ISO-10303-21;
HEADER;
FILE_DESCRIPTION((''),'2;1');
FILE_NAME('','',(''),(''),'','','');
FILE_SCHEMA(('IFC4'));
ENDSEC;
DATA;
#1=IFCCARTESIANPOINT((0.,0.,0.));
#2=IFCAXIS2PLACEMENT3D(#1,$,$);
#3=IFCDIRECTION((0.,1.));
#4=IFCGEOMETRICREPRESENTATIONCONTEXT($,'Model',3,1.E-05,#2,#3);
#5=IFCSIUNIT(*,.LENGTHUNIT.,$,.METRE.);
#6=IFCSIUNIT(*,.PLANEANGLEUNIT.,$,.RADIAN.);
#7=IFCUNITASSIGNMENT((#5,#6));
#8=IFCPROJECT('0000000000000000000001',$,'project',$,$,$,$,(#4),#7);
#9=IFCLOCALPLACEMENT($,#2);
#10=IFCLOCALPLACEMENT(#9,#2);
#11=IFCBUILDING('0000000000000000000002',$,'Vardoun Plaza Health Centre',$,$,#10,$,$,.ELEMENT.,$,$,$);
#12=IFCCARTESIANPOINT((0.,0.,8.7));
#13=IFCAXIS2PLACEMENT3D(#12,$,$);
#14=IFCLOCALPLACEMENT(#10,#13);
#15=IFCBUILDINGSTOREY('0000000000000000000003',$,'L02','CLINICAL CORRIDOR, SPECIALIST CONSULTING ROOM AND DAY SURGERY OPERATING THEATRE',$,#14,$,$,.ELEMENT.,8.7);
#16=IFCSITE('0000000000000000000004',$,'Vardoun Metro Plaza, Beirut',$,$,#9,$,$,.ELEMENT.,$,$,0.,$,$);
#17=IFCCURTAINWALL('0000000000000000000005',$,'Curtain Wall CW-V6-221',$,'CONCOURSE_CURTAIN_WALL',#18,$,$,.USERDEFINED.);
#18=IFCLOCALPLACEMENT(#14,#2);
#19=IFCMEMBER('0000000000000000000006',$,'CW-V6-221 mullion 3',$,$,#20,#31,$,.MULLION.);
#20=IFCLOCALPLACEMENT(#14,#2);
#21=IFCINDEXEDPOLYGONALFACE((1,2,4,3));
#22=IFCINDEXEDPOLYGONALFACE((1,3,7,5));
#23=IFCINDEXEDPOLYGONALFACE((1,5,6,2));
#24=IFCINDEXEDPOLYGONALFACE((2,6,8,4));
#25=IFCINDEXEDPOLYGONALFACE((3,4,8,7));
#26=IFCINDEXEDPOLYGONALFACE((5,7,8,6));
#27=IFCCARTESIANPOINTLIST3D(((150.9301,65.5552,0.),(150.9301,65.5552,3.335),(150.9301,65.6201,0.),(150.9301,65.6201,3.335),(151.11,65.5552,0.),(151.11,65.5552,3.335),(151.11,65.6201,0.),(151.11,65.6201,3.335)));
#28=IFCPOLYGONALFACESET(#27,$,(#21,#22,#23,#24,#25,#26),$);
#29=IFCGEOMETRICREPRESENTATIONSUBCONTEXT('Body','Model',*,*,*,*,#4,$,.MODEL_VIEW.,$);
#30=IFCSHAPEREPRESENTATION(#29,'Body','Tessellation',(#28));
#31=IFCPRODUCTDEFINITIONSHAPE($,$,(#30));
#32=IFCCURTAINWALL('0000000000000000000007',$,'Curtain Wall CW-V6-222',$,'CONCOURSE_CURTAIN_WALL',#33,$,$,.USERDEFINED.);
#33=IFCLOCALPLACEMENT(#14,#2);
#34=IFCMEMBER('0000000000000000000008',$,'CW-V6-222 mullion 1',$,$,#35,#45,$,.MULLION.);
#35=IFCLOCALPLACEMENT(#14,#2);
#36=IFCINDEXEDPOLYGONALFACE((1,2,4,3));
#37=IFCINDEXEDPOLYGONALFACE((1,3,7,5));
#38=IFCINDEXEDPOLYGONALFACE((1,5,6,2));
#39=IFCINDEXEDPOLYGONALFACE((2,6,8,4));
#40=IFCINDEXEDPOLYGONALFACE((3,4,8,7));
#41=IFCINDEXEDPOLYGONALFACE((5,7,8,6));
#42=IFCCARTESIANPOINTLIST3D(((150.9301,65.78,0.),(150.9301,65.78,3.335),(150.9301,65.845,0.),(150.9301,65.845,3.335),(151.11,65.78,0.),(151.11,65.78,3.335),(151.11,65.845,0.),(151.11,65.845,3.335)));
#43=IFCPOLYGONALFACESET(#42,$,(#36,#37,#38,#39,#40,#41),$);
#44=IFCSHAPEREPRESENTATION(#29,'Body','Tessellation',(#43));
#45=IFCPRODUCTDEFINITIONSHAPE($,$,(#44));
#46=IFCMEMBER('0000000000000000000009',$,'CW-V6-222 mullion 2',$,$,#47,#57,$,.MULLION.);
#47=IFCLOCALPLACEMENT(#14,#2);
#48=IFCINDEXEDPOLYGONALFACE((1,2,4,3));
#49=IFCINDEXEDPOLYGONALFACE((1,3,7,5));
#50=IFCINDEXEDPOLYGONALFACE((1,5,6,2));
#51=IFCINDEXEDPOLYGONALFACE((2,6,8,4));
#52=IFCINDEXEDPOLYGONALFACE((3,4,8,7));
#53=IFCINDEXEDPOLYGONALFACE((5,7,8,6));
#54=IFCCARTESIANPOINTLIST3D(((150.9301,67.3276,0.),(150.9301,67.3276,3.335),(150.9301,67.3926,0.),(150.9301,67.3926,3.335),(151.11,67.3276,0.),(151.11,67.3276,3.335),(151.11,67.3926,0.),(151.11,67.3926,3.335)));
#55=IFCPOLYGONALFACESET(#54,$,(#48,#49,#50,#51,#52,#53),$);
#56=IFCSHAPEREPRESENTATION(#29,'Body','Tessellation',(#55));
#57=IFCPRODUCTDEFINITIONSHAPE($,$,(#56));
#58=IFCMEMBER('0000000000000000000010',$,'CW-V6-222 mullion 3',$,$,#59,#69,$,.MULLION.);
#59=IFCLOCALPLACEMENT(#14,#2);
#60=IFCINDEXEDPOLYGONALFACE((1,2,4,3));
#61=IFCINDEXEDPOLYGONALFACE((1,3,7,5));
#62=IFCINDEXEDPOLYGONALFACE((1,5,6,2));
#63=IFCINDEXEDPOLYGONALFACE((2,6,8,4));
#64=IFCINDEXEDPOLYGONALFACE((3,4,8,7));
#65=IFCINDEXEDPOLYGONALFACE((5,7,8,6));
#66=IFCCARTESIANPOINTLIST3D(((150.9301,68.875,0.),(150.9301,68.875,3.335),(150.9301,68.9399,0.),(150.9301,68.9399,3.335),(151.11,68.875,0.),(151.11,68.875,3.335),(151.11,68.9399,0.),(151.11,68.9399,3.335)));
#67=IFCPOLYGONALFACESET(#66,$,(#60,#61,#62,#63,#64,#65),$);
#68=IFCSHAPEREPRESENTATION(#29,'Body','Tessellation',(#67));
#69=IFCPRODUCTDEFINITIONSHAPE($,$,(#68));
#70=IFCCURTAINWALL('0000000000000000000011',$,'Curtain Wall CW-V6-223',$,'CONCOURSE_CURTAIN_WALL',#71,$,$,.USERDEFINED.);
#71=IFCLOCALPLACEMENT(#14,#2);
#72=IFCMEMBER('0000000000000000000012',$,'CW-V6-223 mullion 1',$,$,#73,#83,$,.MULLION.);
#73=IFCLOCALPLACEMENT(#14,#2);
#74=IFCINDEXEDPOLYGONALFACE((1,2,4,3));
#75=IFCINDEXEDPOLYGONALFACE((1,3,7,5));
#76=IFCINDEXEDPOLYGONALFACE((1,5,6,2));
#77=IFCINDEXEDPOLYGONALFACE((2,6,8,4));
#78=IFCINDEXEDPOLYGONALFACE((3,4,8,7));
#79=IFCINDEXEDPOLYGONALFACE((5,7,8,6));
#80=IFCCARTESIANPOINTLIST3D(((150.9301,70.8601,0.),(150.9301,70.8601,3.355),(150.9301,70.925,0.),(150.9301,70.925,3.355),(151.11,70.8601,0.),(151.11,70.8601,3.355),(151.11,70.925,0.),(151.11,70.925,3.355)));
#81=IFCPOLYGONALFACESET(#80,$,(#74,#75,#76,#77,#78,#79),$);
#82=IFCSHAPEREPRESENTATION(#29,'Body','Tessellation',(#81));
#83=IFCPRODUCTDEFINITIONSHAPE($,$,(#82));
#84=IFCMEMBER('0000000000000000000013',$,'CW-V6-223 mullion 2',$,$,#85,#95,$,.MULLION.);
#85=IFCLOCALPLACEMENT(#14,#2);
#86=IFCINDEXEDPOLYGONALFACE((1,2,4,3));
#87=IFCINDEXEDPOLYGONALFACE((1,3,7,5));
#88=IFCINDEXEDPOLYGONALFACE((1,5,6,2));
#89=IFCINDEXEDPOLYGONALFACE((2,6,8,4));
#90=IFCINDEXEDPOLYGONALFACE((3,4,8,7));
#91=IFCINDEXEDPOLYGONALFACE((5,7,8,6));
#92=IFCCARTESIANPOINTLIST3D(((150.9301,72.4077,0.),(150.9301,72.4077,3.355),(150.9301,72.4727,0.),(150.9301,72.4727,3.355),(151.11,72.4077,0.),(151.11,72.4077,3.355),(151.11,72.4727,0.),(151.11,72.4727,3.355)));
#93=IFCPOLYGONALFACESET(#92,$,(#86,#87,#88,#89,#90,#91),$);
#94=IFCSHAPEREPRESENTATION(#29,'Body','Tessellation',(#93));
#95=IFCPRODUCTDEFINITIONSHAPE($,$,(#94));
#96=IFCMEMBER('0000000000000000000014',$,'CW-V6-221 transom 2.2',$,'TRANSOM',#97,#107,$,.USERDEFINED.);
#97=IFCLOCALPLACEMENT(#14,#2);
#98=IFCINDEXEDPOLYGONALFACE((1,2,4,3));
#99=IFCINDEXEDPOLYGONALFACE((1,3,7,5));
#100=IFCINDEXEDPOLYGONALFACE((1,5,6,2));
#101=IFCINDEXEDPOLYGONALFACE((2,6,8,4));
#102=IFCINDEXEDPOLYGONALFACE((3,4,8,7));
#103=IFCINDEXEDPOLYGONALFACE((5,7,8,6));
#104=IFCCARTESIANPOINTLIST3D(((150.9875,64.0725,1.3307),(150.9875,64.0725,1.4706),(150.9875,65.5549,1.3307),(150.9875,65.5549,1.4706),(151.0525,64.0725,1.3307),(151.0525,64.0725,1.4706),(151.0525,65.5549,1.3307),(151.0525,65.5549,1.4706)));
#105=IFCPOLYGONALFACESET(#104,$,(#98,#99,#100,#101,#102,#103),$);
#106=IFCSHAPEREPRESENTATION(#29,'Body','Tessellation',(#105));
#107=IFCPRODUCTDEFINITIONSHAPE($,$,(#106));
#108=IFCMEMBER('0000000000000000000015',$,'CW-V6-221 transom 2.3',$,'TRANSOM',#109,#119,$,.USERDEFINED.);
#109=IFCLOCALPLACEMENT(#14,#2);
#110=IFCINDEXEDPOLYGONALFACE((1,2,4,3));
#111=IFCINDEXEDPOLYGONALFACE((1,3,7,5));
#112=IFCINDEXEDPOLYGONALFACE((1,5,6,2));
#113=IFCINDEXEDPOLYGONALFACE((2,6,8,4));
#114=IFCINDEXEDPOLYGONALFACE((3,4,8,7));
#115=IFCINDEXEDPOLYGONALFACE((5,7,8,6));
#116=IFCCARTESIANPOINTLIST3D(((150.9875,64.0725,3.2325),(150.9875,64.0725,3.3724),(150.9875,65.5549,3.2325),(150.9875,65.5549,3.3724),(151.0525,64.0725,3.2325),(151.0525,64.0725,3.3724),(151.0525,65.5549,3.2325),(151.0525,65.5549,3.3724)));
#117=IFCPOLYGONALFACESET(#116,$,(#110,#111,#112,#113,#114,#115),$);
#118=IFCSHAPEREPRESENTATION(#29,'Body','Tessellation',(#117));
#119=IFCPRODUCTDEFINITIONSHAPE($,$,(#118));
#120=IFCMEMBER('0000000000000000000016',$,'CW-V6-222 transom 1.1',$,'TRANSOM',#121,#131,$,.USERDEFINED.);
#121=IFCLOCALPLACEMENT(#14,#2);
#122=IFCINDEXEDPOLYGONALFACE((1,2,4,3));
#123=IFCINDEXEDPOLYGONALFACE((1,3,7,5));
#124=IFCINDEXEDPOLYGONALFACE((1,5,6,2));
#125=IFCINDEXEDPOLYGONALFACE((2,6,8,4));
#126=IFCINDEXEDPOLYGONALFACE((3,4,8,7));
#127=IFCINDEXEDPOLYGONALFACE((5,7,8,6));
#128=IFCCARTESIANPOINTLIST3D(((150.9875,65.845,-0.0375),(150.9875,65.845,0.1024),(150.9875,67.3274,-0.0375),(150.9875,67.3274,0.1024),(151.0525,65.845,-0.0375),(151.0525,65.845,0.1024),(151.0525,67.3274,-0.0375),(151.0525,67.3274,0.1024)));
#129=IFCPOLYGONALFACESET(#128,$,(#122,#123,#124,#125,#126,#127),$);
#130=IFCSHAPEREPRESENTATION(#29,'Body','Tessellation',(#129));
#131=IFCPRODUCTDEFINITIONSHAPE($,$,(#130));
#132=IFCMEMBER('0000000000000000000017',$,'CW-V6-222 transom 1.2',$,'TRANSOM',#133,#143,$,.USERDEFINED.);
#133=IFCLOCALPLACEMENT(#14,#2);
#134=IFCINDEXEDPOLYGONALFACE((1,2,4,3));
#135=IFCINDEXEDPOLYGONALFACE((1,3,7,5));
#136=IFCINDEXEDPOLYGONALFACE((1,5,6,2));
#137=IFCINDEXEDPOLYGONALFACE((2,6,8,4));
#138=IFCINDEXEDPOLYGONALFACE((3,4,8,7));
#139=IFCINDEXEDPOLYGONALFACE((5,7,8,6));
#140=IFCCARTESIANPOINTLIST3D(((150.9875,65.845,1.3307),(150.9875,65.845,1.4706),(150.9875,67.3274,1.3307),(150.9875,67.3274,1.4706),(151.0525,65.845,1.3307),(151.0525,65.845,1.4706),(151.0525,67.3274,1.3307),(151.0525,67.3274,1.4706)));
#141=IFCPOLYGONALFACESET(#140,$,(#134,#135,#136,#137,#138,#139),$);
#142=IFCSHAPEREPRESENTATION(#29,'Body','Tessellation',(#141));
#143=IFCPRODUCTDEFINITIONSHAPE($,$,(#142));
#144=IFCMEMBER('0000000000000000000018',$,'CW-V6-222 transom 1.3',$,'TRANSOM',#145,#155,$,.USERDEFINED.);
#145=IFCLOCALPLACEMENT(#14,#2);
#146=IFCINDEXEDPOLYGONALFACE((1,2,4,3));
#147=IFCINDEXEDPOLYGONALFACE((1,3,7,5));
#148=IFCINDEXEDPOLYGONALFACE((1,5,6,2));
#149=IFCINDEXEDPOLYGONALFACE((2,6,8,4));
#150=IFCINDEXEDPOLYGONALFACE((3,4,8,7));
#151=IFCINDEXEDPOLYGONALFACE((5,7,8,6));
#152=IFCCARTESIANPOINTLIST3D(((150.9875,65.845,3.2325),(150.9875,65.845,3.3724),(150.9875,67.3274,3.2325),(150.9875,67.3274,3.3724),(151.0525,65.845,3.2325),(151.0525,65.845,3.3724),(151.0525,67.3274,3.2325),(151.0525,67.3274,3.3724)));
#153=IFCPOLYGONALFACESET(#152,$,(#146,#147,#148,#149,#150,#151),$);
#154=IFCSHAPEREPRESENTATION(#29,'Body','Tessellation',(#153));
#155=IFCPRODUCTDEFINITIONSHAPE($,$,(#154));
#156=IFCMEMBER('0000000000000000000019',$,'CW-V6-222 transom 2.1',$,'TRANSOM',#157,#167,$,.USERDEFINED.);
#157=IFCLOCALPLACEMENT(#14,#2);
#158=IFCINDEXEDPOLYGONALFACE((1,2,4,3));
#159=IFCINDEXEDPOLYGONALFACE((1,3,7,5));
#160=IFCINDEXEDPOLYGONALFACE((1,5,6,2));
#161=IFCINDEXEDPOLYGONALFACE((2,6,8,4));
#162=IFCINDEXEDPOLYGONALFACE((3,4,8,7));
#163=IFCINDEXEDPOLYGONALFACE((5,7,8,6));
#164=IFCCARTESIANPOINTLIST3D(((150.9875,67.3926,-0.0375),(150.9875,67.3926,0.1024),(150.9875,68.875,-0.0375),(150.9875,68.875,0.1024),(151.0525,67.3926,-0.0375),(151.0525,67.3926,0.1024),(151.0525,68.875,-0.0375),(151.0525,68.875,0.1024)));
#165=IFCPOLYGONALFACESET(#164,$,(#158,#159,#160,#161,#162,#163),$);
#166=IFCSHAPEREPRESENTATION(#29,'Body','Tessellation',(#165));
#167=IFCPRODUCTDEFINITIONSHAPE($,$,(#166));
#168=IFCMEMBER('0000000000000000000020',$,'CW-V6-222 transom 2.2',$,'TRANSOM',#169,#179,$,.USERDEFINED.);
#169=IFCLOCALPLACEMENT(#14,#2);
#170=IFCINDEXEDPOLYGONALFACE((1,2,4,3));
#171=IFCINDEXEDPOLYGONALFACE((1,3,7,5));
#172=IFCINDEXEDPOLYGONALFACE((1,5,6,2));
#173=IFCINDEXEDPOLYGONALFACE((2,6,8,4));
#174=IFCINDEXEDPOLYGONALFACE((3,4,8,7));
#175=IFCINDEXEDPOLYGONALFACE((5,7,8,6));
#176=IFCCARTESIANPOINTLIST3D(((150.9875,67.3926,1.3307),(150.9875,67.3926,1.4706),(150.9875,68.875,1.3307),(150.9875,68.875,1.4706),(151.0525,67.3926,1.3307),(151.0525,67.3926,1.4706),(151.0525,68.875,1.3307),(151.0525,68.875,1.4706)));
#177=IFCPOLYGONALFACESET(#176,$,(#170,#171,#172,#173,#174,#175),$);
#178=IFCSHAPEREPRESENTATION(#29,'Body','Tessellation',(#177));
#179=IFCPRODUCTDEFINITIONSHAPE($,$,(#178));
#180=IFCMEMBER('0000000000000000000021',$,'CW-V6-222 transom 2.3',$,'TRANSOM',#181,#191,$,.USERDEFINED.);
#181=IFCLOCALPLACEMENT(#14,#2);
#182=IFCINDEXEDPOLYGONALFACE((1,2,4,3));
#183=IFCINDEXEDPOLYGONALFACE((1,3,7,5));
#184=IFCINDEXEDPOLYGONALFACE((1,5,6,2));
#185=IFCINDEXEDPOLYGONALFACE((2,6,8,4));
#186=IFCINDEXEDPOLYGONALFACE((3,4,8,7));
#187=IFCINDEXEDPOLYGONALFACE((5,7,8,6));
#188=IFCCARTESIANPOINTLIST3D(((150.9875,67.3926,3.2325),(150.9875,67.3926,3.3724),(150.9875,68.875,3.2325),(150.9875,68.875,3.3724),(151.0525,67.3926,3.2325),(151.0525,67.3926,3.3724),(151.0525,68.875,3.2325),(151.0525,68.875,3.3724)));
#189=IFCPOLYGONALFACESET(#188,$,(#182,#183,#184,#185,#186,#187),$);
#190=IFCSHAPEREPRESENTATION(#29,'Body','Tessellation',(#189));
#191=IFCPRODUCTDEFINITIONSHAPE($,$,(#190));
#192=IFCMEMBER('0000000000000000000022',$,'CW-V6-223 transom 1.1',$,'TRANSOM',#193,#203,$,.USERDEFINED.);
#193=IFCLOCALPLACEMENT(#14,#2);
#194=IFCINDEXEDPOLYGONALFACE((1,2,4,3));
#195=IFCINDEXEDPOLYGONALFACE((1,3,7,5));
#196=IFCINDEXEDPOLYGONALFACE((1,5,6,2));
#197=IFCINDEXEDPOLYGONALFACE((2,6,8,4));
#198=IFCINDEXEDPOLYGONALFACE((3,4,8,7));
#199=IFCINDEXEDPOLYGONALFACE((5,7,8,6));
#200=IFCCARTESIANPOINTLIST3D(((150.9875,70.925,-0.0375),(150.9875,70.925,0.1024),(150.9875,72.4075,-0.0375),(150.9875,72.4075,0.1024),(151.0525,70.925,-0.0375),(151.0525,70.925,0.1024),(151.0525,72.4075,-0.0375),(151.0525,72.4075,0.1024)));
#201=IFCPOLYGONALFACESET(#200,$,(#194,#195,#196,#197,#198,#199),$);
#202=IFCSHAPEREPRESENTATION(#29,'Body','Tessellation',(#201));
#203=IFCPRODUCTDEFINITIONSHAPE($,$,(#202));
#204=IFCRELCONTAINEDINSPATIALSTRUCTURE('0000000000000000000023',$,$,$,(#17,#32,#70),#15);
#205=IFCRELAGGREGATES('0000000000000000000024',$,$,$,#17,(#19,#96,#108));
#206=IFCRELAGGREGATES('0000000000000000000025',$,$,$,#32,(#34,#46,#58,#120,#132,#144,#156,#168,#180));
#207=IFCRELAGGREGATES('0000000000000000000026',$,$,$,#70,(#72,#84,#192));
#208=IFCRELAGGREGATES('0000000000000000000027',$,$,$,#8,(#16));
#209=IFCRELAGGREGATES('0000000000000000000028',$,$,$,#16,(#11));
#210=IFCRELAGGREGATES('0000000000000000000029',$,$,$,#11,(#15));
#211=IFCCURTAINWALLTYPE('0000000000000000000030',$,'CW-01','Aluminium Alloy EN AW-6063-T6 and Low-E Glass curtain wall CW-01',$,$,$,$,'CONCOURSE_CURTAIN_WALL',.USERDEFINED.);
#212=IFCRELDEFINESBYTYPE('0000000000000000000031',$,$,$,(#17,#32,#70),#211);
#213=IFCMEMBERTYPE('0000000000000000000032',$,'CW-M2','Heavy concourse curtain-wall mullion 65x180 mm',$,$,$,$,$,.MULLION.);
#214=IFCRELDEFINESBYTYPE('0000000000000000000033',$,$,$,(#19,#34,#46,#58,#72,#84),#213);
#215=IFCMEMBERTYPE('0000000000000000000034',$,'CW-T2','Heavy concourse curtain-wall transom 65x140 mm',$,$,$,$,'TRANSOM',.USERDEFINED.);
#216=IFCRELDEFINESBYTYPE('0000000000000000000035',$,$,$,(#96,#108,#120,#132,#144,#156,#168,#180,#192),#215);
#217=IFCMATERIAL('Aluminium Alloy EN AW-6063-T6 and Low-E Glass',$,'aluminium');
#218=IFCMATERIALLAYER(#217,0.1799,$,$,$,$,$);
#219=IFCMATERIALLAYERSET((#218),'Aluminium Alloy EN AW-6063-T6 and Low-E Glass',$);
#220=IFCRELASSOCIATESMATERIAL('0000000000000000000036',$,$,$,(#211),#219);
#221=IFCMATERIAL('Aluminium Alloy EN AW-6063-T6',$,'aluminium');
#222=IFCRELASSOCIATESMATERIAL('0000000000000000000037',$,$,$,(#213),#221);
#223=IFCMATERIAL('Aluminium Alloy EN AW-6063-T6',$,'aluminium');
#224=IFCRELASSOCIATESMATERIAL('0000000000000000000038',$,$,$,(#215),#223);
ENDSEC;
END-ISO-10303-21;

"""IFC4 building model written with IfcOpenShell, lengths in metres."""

from ifc_helpers import new_model, si_unit, direction, frame, origin, origin_2d, place, context, subcontext, project, spatial, rectangle, extrude, material, layer, layer_set, material_profile, profile_set, type_object, element, aggregate, save


model = new_model("IFC4")

# Units and contexts
model_context = context("Model", 3, precision=1e-05, world=origin(), true_north=direction((0.0, 1.0)))
body_context = subcontext(model_context, "Body", "Model", "MODEL_VIEW")
ifc_project = project(units=[si_unit("LENGTHUNIT", "METRE"), si_unit("PLANEANGLEUNIT", "RADIAN")], contexts=[model_context])

# Site, building, storey
site_placement = place(None, origin())
site = spatial("IfcSite", under=ifc_project, at=site_placement, Name="Vardoun Metro Plaza, Beirut", CompositionType="ELEMENT", RefElevation=0.0)
building_placement = place(site_placement, origin())
building = spatial("IfcBuilding", under=site, at=building_placement, Name="Vardoun Plaza Health Centre", CompositionType="ELEMENT")
storey_placement = place(building_placement, frame((0.0, 0.0, 8.7)))
storey = spatial("IfcBuildingStorey", under=building, at=storey_placement, Name="L02", Description="CLINICAL CORRIDOR, SPECIALIST CONSULTING ROOM AND DAY SURGERY OPERATING THEATRE", CompositionType="ELEMENT", Elevation=8.7)

# Curtain wall, member
ifc_material_1 = material(Name="Aluminium Alloy EN AW-6063-T6 and Low-E Glass", Category="aluminium")
ifc_layer_1 = layer(ifc_material_1, 0.1799)
ifc_layer_set_1 = layer_set([ifc_layer_1], Name="Aluminium Alloy EN AW-6063-T6 and Low-E Glass")
curtain_wall_type = type_object("IfcCurtainWallType", Name="CW-01", Description="Aluminium Alloy EN AW-6063-T6 and Low-E Glass curtain wall CW-01", ElementType="CONCOURSE_CURTAIN_WALL", PredefinedType="USERDEFINED", material=ifc_layer_set_1)
curtain_wall_1_placement = place(storey_placement, origin())
curtain_wall_1 = element("IfcCurtainWall", 1, at=curtain_wall_1_placement, inside=storey, type_object=curtain_wall_type, Name="Curtain Wall CW-V6-221", ObjectType="CONCOURSE_CURTAIN_WALL", PredefinedType="USERDEFINED")
ifc_material_2 = material(Name="Aluminium Alloy EN AW-6063-T6", Category="aluminium")
ifc_material_profile_1 = material_profile(ifc_material_2, rectangle(XDim=0.1799, YDim=0.0649, at=origin_2d()), Name="CWM 65x180")
ifc_profile_set_1 = profile_set([ifc_material_profile_1], Name="Aluminium Alloy EN AW-6063-T6")
member_type_1 = type_object("IfcMemberType", Name="CW-M2", Description="Heavy concourse curtain-wall mullion 65x180 mm", PredefinedType="MULLION", material=ifc_profile_set_1)
member_1_placement = place(storey_placement, frame((151.02, 65.5876, 0.0), z_axis=(0.0, 0.0, 1.0), x_axis=(-1.0, 0.0, 0.0)))
member_1 = element("IfcMember", 2, at=member_1_placement, type_object=member_type_1, Name="CW-V6-221 mullion 3", PredefinedType="MULLION", context=body_context, shape_type="SweptSolid", body=[
    extrude(rectangle(XDim=0.1799, YDim=0.0649, at=origin_2d()), origin(), (0.0, 0.0, 1.0), 3.335),
])

# Curtain walls, members
curtain_wall_2_placement = place(storey_placement, origin())
curtain_wall_2 = element("IfcCurtainWall", 3, at=curtain_wall_2_placement, inside=storey, type_object=curtain_wall_type, Name="Curtain Wall CW-V6-222", ObjectType="CONCOURSE_CURTAIN_WALL", PredefinedType="USERDEFINED")
member_2_placement = place(storey_placement, frame((151.02, 65.8125, 0.0), z_axis=(0.0, 0.0, 1.0), x_axis=(-1.0, 0.0, 0.0)))
member_2 = element("IfcMember", 4, at=member_2_placement, type_object=member_type_1, Name="CW-V6-222 mullion 1", PredefinedType="MULLION", context=body_context, shape_type="SweptSolid", body=[
    extrude(rectangle(XDim=0.1799, YDim=0.0649, at=origin_2d()), origin(), (0.0, 0.0, 1.0), 3.335),
])
member_3_placement = place(storey_placement, frame((151.02, 67.3601, 0.0), z_axis=(0.0, 0.0, 1.0), x_axis=(-1.0, 0.0, 0.0)))
member_3 = element("IfcMember", 5, at=member_3_placement, type_object=member_type_1, Name="CW-V6-222 mullion 2", PredefinedType="MULLION", context=body_context, shape_type="SweptSolid", body=[
    extrude(rectangle(XDim=0.1799, YDim=0.0649, at=origin_2d()), origin(), (0.0, 0.0, 1.0), 3.335),
])
member_4_placement = place(storey_placement, frame((151.02, 68.9075, 0.0), z_axis=(0.0, 0.0, 1.0), x_axis=(-1.0, 0.0, 0.0)))
member_4 = element("IfcMember", 6, at=member_4_placement, type_object=member_type_1, Name="CW-V6-222 mullion 3", PredefinedType="MULLION", context=body_context, shape_type="SweptSolid", body=[
    extrude(rectangle(XDim=0.1799, YDim=0.0649, at=origin_2d()), origin(), (0.0, 0.0, 1.0), 3.335),
])
curtain_wall_3_placement = place(storey_placement, origin())
curtain_wall_3 = element("IfcCurtainWall", 7, at=curtain_wall_3_placement, inside=storey, type_object=curtain_wall_type, Name="Curtain Wall CW-V6-223", ObjectType="CONCOURSE_CURTAIN_WALL", PredefinedType="USERDEFINED")
member_5_placement = place(storey_placement, frame((151.02, 70.8926, 0.0), z_axis=(0.0, 0.0, 1.0), x_axis=(-1.0, 0.0, 0.0)))
member_5 = element("IfcMember", 8, at=member_5_placement, type_object=member_type_1, Name="CW-V6-223 mullion 1", PredefinedType="MULLION", context=body_context, shape_type="SweptSolid", body=[
    extrude(rectangle(XDim=0.1799, YDim=0.0649, at=origin_2d()), origin(), (0.0, 0.0, 1.0), 3.355),
])
member_6_placement = place(storey_placement, frame((151.02, 72.4402, 0.0), z_axis=(0.0, 0.0, 1.0), x_axis=(-1.0, 0.0, 0.0)))
member_6 = element("IfcMember", 9, at=member_6_placement, type_object=member_type_1, Name="CW-V6-223 mullion 2", PredefinedType="MULLION", context=body_context, shape_type="SweptSolid", body=[
    extrude(rectangle(XDim=0.1799, YDim=0.0649, at=origin_2d()), origin(), (0.0, 0.0, 1.0), 3.355),
])

# Members
ifc_material_3 = material(Name="Aluminium Alloy EN AW-6063-T6", Category="aluminium")
ifc_material_profile_2 = material_profile(ifc_material_3, rectangle(XDim=0.0649, YDim=0.1399, at=origin_2d()), Name="CWT 65x140")
ifc_profile_set_2 = profile_set([ifc_material_profile_2], Name="Aluminium Alloy EN AW-6063-T6")
member_type_2 = type_object("IfcMemberType", Name="CW-T2", Description="Heavy concourse curtain-wall transom 65x140 mm", ElementType="TRANSOM", PredefinedType="USERDEFINED", material=ifc_profile_set_2)
member_7_placement = place(storey_placement, frame((151.02, 64.0725, 1.4006), z_axis=(0.0, 1.0, 0.0), x_axis=(-1.0, 0.0, 0.0)))
member_7 = element("IfcMember", 10, at=member_7_placement, type_object=member_type_2, Name="CW-V6-221 transom 2.2", ObjectType="TRANSOM", PredefinedType="USERDEFINED", context=body_context, shape_type="SweptSolid", body=[
    extrude(rectangle(XDim=0.0649, YDim=0.1399, at=origin_2d()), origin(), (0.0, 0.0, 1.0), 1.4824),
])
member_8_placement = place(storey_placement, frame((151.02, 64.0725, 3.3025), z_axis=(0.0, 1.0, 0.0), x_axis=(-1.0, 0.0, 0.0)))
member_8 = element("IfcMember", 11, at=member_8_placement, type_object=member_type_2, Name="CW-V6-221 transom 2.3", ObjectType="TRANSOM", PredefinedType="USERDEFINED", context=body_context, shape_type="SweptSolid", body=[
    extrude(rectangle(XDim=0.0649, YDim=0.1399, at=origin_2d()), origin(), (0.0, 0.0, 1.0), 1.4824),
])
member_9_placement = place(storey_placement, frame((151.02, 65.845, 0.0325), z_axis=(0.0, 1.0, 0.0), x_axis=(-1.0, 0.0, 0.0)))
member_9 = element("IfcMember", 12, at=member_9_placement, type_object=member_type_2, Name="CW-V6-222 transom 1.1", ObjectType="TRANSOM", PredefinedType="USERDEFINED", context=body_context, shape_type="SweptSolid", body=[
    extrude(rectangle(XDim=0.0649, YDim=0.1399, at=origin_2d()), origin(), (0.0, 0.0, 1.0), 1.4824),
])
member_10_placement = place(storey_placement, frame((151.02, 65.845, 1.4006), z_axis=(0.0, 1.0, 0.0), x_axis=(-1.0, 0.0, 0.0)))
member_10 = element("IfcMember", 13, at=member_10_placement, type_object=member_type_2, Name="CW-V6-222 transom 1.2", ObjectType="TRANSOM", PredefinedType="USERDEFINED", context=body_context, shape_type="SweptSolid", body=[
    extrude(rectangle(XDim=0.0649, YDim=0.1399, at=origin_2d()), origin(), (0.0, 0.0, 1.0), 1.4824),
])
member_11_placement = place(storey_placement, frame((151.02, 65.845, 3.3025), z_axis=(0.0, 1.0, 0.0), x_axis=(-1.0, 0.0, 0.0)))
member_11 = element("IfcMember", 14, at=member_11_placement, type_object=member_type_2, Name="CW-V6-222 transom 1.3", ObjectType="TRANSOM", PredefinedType="USERDEFINED", context=body_context, shape_type="SweptSolid", body=[
    extrude(rectangle(XDim=0.0649, YDim=0.1399, at=origin_2d()), origin(), (0.0, 0.0, 1.0), 1.4824),
])
member_12_placement = place(storey_placement, frame((151.02, 67.3926, 0.0325), z_axis=(0.0, 1.0, 0.0), x_axis=(-1.0, 0.0, 0.0)))
member_12 = element("IfcMember", 15, at=member_12_placement, type_object=member_type_2, Name="CW-V6-222 transom 2.1", ObjectType="TRANSOM", PredefinedType="USERDEFINED", context=body_context, shape_type="SweptSolid", body=[
    extrude(rectangle(XDim=0.0649, YDim=0.1399, at=origin_2d()), origin(), (0.0, 0.0, 1.0), 1.4824),
])
member_13_placement = place(storey_placement, frame((151.02, 67.3926, 1.4006), z_axis=(0.0, 1.0, 0.0), x_axis=(-1.0, 0.0, 0.0)))
member_13 = element("IfcMember", 16, at=member_13_placement, type_object=member_type_2, Name="CW-V6-222 transom 2.2", ObjectType="TRANSOM", PredefinedType="USERDEFINED", context=body_context, shape_type="SweptSolid", body=[
    extrude(rectangle(XDim=0.0649, YDim=0.1399, at=origin_2d()), origin(), (0.0, 0.0, 1.0), 1.4824),
])
member_14_placement = place(storey_placement, frame((151.02, 67.3926, 3.3025), z_axis=(0.0, 1.0, 0.0), x_axis=(-1.0, 0.0, 0.0)))
member_14 = element("IfcMember", 17, at=member_14_placement, type_object=member_type_2, Name="CW-V6-222 transom 2.3", ObjectType="TRANSOM", PredefinedType="USERDEFINED", context=body_context, shape_type="SweptSolid", body=[
    extrude(rectangle(XDim=0.0649, YDim=0.1399, at=origin_2d()), origin(), (0.0, 0.0, 1.0), 1.4824),
])
member_15_placement = place(storey_placement, frame((151.02, 70.925, 0.0325), z_axis=(0.0, 1.0, 0.0), x_axis=(-1.0, 0.0, 0.0)))
member_15 = element("IfcMember", 18, at=member_15_placement, type_object=member_type_2, Name="CW-V6-223 transom 1.1", ObjectType="TRANSOM", PredefinedType="USERDEFINED", context=body_context, shape_type="SweptSolid", body=[
    extrude(rectangle(XDim=0.0649, YDim=0.1399, at=origin_2d()), origin(), (0.0, 0.0, 1.0), 1.4824),
])

aggregate(curtain_wall_1, [member_1, member_7, member_8])
aggregate(curtain_wall_2, [member_2, member_3, member_4, member_9, member_10, member_11, member_12, member_13, member_14])
aggregate(curtain_wall_3, [member_5, member_6, member_15])

save(model, "model.ifc")
